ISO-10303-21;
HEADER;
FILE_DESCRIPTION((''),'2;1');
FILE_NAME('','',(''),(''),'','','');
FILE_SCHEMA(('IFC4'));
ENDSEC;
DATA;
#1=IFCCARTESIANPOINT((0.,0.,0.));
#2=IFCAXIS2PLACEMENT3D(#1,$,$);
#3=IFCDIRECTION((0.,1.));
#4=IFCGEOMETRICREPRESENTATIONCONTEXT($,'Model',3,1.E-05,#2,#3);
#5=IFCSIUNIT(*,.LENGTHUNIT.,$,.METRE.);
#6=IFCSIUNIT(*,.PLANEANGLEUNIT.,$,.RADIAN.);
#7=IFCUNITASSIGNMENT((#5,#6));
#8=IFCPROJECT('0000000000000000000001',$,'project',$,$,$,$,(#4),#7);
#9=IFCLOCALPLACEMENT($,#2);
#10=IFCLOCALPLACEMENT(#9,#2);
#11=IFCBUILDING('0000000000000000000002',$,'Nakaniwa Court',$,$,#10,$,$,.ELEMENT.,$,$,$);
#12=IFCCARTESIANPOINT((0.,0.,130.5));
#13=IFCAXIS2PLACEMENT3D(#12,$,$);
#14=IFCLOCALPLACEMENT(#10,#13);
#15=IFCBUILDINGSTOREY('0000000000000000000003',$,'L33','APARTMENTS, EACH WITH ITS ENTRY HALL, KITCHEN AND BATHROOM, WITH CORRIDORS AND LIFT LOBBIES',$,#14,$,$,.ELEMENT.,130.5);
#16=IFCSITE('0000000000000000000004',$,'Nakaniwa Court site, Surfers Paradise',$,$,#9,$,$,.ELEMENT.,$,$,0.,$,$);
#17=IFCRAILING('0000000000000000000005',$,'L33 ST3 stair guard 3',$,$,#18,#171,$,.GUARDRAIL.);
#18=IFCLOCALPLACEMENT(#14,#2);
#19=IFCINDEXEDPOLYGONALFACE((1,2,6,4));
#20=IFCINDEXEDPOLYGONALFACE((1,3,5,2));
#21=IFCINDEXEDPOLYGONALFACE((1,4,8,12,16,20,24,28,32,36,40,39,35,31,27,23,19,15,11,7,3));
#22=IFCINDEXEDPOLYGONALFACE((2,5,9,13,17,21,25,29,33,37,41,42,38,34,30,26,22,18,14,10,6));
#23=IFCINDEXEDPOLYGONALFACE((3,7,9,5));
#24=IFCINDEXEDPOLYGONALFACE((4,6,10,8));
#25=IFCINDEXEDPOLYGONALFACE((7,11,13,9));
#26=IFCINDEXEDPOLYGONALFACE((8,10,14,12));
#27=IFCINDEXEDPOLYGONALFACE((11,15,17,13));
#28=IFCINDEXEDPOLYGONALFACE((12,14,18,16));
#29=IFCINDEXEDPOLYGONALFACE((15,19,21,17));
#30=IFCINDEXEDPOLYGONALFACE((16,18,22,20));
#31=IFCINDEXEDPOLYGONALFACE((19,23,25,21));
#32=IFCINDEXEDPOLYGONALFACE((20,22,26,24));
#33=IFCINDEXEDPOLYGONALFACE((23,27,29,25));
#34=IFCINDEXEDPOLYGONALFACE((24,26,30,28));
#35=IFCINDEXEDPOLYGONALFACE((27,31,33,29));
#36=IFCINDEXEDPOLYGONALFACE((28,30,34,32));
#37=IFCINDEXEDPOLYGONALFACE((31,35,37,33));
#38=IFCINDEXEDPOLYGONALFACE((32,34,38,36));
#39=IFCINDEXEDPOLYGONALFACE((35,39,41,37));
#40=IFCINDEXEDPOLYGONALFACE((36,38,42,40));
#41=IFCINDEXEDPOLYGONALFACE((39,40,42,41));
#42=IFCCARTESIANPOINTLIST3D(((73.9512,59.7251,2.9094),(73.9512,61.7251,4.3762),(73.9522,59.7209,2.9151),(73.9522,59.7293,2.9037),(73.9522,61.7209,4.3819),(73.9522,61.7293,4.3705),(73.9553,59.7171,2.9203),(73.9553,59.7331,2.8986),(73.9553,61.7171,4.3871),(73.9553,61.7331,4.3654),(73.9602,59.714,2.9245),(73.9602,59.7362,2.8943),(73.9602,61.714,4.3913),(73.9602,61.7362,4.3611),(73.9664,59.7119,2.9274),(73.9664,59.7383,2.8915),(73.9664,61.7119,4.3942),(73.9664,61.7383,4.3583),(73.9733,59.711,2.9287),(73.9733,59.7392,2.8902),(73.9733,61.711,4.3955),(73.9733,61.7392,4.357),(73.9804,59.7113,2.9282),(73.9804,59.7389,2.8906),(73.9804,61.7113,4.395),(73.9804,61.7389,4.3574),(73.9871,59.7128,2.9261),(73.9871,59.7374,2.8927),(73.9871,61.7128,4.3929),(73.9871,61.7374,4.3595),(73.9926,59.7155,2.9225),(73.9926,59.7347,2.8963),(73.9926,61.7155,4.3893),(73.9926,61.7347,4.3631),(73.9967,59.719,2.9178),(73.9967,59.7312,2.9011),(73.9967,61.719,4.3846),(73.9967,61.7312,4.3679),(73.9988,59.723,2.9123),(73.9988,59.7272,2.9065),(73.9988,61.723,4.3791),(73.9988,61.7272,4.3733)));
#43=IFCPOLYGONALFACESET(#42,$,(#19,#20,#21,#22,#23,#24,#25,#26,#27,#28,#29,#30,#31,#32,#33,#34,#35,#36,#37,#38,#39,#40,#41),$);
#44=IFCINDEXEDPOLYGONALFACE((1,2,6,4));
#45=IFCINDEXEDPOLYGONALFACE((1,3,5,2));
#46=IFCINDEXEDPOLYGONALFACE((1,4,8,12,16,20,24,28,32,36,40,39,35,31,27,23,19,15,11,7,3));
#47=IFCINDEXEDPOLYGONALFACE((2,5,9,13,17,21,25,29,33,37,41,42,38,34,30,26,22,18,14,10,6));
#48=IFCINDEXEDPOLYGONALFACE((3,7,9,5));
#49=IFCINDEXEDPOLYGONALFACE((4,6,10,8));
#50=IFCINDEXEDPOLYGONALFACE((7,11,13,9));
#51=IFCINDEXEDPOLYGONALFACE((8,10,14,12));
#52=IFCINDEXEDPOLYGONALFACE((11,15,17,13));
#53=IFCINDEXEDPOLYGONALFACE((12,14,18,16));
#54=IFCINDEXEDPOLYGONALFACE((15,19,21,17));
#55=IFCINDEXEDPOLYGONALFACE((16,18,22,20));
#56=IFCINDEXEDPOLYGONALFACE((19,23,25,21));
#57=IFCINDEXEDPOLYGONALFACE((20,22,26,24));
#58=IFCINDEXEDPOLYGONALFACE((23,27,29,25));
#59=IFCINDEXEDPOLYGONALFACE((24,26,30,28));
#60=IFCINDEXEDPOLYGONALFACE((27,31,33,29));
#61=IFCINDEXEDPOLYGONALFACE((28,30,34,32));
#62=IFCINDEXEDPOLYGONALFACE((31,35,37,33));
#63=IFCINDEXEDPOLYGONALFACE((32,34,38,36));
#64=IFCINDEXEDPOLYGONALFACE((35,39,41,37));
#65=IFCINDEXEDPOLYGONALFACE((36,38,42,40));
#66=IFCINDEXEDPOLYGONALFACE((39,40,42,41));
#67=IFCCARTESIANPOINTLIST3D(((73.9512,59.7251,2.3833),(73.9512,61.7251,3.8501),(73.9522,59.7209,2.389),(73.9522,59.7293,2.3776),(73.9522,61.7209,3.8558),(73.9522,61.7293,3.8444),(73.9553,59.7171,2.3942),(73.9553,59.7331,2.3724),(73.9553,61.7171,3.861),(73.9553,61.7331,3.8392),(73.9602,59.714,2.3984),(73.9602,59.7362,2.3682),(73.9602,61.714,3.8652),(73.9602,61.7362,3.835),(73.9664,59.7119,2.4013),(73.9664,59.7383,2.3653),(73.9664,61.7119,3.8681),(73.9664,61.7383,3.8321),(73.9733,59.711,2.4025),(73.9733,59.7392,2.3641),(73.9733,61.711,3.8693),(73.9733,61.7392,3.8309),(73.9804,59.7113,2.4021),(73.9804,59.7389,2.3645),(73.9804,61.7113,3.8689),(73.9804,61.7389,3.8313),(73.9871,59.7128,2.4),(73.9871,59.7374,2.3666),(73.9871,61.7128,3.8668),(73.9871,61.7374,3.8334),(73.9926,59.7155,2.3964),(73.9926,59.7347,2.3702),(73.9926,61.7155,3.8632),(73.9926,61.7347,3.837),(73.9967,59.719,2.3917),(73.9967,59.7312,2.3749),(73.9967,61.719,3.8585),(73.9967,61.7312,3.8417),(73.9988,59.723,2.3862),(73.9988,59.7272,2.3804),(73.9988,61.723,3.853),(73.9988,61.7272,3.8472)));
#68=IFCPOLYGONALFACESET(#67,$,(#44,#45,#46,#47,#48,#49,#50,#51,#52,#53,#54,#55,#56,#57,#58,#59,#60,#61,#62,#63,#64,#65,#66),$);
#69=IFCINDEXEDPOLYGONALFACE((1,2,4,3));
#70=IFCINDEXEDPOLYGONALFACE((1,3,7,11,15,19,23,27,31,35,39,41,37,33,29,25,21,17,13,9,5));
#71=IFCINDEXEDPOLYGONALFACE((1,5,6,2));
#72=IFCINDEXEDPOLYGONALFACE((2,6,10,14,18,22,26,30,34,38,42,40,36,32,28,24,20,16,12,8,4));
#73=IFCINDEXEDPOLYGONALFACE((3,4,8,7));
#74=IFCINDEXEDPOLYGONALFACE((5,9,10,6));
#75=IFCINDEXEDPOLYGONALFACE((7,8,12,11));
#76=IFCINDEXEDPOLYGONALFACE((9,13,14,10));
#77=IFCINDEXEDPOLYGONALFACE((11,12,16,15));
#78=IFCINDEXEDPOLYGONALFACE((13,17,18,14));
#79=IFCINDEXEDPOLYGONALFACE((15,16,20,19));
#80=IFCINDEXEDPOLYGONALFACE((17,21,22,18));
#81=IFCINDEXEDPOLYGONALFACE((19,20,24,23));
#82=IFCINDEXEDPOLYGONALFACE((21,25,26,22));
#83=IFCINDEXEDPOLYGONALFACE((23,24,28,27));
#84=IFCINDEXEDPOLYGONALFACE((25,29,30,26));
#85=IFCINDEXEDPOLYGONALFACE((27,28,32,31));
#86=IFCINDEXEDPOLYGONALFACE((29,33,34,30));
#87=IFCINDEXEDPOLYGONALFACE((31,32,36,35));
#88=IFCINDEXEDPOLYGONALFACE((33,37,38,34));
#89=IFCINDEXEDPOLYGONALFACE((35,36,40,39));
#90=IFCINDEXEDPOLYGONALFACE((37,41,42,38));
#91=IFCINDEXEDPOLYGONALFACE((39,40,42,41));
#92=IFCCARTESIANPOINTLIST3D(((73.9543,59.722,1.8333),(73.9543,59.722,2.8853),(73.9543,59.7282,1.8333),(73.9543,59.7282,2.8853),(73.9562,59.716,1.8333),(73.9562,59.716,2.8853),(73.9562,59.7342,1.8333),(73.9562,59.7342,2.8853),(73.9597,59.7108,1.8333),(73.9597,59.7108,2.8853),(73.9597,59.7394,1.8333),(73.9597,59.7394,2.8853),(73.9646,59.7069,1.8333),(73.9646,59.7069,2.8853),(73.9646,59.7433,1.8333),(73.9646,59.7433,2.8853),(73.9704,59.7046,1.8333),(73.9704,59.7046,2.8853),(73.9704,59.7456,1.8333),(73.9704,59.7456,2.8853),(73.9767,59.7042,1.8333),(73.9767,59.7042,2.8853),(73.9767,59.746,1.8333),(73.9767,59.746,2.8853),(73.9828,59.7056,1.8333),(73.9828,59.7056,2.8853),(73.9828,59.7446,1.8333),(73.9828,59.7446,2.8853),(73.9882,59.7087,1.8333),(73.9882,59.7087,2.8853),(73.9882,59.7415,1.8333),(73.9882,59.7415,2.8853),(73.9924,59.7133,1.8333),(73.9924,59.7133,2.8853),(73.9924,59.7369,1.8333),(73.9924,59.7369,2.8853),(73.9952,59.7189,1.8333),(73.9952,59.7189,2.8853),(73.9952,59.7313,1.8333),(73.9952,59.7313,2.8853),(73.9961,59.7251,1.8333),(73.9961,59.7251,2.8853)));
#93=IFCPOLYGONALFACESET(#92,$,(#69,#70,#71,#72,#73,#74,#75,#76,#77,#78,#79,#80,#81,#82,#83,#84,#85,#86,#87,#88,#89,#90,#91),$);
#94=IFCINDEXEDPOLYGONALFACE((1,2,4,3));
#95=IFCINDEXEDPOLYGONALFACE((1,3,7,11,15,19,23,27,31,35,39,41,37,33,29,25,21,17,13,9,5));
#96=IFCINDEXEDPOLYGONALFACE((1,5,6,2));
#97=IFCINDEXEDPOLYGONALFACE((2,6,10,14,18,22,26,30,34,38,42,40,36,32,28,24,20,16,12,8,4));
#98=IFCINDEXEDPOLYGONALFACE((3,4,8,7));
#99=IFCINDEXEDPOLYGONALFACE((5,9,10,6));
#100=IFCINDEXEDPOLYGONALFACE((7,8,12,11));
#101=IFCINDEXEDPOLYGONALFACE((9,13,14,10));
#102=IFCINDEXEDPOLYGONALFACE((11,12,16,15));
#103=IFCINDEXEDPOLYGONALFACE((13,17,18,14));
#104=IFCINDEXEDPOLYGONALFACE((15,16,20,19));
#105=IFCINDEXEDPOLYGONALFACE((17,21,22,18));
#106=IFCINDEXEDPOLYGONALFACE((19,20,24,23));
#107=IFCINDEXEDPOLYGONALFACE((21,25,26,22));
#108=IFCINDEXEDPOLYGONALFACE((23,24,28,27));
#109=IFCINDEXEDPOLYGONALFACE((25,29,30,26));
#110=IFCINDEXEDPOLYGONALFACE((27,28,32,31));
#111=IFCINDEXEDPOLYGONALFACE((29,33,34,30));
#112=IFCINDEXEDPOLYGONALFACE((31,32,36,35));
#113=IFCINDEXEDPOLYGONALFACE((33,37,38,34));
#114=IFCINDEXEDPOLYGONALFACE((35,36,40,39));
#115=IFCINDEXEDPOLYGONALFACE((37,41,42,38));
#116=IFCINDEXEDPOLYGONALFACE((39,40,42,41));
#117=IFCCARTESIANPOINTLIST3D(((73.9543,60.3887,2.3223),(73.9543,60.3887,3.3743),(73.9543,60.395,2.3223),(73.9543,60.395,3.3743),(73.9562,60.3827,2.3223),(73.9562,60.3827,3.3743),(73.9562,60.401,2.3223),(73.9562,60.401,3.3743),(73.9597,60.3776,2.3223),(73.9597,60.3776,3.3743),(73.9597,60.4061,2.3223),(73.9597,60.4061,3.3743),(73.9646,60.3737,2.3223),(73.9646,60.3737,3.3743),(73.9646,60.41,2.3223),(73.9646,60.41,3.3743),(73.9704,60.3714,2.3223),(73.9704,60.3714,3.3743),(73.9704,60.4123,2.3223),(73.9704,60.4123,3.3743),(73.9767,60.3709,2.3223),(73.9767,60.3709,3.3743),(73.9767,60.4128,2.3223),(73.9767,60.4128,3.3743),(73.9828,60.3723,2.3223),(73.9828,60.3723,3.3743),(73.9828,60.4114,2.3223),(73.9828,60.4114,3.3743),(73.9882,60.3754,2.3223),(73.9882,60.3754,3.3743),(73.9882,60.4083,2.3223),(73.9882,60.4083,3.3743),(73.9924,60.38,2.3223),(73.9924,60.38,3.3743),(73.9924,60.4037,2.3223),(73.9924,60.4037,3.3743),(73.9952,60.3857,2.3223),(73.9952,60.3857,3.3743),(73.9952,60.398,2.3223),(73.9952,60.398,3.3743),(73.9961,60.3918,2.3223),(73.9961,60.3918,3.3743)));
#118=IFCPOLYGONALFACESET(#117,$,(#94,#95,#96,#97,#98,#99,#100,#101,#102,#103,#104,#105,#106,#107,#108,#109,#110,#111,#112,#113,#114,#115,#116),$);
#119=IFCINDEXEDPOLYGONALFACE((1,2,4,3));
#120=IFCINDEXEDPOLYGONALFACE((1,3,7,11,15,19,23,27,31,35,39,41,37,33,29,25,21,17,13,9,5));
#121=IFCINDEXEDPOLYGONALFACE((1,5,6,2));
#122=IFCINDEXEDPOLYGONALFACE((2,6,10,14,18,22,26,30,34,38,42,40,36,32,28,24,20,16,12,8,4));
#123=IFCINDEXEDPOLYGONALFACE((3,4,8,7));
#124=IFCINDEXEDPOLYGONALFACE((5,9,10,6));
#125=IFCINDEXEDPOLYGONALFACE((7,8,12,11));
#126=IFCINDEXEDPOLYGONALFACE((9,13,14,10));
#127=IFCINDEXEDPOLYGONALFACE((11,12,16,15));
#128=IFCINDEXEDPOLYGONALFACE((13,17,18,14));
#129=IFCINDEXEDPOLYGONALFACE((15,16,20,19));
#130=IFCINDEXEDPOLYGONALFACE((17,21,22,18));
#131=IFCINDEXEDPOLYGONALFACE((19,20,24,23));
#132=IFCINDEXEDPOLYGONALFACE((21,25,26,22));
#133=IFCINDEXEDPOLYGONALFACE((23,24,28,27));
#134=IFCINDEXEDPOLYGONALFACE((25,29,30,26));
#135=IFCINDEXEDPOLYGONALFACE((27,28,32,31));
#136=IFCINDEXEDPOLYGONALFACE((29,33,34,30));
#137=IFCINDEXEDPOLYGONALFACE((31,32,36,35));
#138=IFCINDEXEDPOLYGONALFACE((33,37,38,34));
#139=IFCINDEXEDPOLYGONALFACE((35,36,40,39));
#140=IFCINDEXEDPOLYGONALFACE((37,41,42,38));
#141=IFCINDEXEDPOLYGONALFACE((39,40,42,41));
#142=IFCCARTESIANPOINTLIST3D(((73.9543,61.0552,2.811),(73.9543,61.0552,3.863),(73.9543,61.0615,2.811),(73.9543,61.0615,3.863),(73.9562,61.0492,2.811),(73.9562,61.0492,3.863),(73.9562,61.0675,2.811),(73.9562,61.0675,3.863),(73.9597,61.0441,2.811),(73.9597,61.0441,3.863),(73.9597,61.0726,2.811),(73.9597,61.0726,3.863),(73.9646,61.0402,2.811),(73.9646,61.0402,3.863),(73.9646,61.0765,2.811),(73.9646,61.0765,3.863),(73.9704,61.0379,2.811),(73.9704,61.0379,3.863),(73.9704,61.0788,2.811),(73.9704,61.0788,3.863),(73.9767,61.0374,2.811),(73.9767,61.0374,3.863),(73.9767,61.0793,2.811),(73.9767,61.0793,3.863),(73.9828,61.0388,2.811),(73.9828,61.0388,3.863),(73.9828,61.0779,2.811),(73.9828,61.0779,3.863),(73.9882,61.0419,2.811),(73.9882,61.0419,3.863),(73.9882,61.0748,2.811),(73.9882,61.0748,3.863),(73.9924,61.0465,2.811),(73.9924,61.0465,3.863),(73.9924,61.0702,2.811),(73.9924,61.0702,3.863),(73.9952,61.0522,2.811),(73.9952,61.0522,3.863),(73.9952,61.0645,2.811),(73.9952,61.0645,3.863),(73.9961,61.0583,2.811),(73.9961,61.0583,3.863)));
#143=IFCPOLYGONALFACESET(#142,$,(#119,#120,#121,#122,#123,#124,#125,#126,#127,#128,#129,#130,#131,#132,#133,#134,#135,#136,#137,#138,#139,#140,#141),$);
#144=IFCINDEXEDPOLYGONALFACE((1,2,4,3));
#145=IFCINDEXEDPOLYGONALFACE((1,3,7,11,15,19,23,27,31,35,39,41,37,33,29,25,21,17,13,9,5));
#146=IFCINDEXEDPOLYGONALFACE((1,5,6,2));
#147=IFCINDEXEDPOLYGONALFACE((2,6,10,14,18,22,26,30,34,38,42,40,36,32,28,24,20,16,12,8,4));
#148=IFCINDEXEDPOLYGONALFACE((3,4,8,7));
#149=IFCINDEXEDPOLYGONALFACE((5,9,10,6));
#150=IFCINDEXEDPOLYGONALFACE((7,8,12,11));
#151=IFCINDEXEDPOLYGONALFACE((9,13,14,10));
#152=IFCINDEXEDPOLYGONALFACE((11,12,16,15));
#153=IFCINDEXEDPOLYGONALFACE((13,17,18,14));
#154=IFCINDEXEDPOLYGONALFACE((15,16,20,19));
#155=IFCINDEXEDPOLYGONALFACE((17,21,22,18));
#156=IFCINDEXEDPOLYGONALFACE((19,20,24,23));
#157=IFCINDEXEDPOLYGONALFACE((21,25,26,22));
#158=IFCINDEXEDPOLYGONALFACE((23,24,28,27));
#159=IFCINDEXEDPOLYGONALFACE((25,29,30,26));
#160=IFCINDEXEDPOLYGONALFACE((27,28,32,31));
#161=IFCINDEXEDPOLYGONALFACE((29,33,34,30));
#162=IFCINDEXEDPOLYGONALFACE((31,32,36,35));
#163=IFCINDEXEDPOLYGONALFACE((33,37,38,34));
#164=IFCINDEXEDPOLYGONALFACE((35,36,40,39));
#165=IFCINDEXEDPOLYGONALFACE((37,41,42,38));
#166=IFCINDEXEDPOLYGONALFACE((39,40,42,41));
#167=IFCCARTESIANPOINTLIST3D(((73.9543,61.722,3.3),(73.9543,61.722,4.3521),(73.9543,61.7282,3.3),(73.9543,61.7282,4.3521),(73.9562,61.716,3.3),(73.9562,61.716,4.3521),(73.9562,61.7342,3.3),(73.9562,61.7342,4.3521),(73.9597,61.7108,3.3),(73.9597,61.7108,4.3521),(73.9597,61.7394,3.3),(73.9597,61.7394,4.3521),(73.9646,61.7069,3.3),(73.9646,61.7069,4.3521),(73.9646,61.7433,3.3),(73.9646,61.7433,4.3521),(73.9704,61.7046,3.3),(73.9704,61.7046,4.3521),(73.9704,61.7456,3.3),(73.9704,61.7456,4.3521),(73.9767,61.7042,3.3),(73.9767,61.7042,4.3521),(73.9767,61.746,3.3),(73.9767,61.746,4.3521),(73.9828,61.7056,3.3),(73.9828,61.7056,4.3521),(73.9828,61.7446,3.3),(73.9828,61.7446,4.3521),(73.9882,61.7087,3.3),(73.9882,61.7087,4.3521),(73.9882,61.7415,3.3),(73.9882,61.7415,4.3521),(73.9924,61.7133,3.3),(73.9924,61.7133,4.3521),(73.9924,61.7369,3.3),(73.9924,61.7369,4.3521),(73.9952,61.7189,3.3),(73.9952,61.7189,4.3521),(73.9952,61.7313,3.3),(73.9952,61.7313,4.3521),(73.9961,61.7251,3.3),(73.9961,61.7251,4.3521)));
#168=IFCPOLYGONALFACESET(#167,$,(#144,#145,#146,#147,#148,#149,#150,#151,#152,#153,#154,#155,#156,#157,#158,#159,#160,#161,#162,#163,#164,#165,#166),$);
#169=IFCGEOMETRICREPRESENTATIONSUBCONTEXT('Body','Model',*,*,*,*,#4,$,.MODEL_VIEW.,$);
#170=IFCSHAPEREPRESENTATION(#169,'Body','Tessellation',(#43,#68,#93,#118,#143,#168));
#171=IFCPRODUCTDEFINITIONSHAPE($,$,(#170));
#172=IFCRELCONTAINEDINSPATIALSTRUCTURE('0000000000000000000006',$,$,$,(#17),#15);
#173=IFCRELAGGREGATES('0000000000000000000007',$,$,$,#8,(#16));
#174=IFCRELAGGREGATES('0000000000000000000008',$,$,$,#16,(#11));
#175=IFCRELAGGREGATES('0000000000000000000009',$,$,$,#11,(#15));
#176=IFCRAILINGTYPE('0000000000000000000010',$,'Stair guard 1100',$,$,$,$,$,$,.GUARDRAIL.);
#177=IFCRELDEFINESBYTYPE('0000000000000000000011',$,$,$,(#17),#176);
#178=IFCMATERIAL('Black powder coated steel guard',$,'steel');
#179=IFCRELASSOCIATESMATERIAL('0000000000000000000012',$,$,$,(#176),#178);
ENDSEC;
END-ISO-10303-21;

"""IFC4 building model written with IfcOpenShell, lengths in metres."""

from ifc_helpers import new_model, si_unit, direction, frame, origin, origin_2d, place, context, subcontext, project, spatial, circle, extrude, material, type_object, element, save


model = new_model("IFC4")

# Units and contexts
model_context = context("Model", 3, precision=1e-05, world=origin(), true_north=direction((0.0, 1.0)))
body_context = subcontext(model_context, "Body", "Model", "MODEL_VIEW")
ifc_project = project(units=[si_unit("LENGTHUNIT", "METRE"), si_unit("PLANEANGLEUNIT", "RADIAN")], contexts=[model_context])

# Site, building, storey
site_placement = place(None, origin())
site = spatial("IfcSite", under=ifc_project, at=site_placement, Name="Nakaniwa Court site, Surfers Paradise", CompositionType="ELEMENT", RefElevation=0.0)
building_placement = place(site_placement, origin())
building = spatial("IfcBuilding", under=site, at=building_placement, Name="Nakaniwa Court", CompositionType="ELEMENT")
storey_placement = place(building_placement, frame((0.0, 0.0, 130.5)))
storey = spatial("IfcBuildingStorey", under=building, at=storey_placement, Name="L33", Description="APARTMENTS, EACH WITH ITS ENTRY HALL, KITCHEN AND BATHROOM, WITH CORRIDORS AND LIFT LOBBIES", CompositionType="ELEMENT", Elevation=130.5)

# Railing
ifc_material_1 = material(Name="Black powder coated steel guard", Category="steel")
railing_type_1 = type_object("IfcRailingType", Name="Stair guard 1100", PredefinedType="GUARDRAIL", material=ifc_material_1)
railing_1_placement = place(storey_placement, frame((73.9751, 59.7251, 1.8333)))
element("IfcRailing", 1, at=railing_1_placement, inside=storey, type_object=railing_type_1, Name="L33 ST3 stair guard 3", PredefinedType="GUARDRAIL", context=body_context, shape_type="SweptSolid", body=[
    extrude(circle(Radius=0.0239, at=origin_2d()), frame((0.0, 0.0, 1.0762), z_axis=(0.0, 0.80638, 0.591398), x_axis=(-1.0, 0.0, 0.0)), (0.0, 0.0, 1.0), 2.4802),
    extrude(circle(Radius=0.0239, at=origin_2d()), frame((0.0, 0.0, 0.55), z_axis=(0.0, 0.80638, 0.591398), x_axis=(-1.0, 0.0, 0.0)), (0.0, 0.0, 1.0), 2.4802),
    extrude(circle(Radius=0.021, at=origin_2d()), origin(), (0.0, 0.0, 1.0), 1.052),
    extrude(circle(Radius=0.021, at=origin_2d()), frame((0.0, 0.6667, 0.489)), (0.0, 0.0, 1.0), 1.052),
    extrude(circle(Radius=0.021, at=origin_2d()), frame((0.0, 1.3333, 0.9778)), (0.0, 0.0, 1.0), 1.052),
    extrude(circle(Radius=0.021, at=origin_2d()), frame((0.0, 2.0, 1.4668)), (0.0, 0.0, 1.0), 1.052),
])

save(model, "model.ifc")
